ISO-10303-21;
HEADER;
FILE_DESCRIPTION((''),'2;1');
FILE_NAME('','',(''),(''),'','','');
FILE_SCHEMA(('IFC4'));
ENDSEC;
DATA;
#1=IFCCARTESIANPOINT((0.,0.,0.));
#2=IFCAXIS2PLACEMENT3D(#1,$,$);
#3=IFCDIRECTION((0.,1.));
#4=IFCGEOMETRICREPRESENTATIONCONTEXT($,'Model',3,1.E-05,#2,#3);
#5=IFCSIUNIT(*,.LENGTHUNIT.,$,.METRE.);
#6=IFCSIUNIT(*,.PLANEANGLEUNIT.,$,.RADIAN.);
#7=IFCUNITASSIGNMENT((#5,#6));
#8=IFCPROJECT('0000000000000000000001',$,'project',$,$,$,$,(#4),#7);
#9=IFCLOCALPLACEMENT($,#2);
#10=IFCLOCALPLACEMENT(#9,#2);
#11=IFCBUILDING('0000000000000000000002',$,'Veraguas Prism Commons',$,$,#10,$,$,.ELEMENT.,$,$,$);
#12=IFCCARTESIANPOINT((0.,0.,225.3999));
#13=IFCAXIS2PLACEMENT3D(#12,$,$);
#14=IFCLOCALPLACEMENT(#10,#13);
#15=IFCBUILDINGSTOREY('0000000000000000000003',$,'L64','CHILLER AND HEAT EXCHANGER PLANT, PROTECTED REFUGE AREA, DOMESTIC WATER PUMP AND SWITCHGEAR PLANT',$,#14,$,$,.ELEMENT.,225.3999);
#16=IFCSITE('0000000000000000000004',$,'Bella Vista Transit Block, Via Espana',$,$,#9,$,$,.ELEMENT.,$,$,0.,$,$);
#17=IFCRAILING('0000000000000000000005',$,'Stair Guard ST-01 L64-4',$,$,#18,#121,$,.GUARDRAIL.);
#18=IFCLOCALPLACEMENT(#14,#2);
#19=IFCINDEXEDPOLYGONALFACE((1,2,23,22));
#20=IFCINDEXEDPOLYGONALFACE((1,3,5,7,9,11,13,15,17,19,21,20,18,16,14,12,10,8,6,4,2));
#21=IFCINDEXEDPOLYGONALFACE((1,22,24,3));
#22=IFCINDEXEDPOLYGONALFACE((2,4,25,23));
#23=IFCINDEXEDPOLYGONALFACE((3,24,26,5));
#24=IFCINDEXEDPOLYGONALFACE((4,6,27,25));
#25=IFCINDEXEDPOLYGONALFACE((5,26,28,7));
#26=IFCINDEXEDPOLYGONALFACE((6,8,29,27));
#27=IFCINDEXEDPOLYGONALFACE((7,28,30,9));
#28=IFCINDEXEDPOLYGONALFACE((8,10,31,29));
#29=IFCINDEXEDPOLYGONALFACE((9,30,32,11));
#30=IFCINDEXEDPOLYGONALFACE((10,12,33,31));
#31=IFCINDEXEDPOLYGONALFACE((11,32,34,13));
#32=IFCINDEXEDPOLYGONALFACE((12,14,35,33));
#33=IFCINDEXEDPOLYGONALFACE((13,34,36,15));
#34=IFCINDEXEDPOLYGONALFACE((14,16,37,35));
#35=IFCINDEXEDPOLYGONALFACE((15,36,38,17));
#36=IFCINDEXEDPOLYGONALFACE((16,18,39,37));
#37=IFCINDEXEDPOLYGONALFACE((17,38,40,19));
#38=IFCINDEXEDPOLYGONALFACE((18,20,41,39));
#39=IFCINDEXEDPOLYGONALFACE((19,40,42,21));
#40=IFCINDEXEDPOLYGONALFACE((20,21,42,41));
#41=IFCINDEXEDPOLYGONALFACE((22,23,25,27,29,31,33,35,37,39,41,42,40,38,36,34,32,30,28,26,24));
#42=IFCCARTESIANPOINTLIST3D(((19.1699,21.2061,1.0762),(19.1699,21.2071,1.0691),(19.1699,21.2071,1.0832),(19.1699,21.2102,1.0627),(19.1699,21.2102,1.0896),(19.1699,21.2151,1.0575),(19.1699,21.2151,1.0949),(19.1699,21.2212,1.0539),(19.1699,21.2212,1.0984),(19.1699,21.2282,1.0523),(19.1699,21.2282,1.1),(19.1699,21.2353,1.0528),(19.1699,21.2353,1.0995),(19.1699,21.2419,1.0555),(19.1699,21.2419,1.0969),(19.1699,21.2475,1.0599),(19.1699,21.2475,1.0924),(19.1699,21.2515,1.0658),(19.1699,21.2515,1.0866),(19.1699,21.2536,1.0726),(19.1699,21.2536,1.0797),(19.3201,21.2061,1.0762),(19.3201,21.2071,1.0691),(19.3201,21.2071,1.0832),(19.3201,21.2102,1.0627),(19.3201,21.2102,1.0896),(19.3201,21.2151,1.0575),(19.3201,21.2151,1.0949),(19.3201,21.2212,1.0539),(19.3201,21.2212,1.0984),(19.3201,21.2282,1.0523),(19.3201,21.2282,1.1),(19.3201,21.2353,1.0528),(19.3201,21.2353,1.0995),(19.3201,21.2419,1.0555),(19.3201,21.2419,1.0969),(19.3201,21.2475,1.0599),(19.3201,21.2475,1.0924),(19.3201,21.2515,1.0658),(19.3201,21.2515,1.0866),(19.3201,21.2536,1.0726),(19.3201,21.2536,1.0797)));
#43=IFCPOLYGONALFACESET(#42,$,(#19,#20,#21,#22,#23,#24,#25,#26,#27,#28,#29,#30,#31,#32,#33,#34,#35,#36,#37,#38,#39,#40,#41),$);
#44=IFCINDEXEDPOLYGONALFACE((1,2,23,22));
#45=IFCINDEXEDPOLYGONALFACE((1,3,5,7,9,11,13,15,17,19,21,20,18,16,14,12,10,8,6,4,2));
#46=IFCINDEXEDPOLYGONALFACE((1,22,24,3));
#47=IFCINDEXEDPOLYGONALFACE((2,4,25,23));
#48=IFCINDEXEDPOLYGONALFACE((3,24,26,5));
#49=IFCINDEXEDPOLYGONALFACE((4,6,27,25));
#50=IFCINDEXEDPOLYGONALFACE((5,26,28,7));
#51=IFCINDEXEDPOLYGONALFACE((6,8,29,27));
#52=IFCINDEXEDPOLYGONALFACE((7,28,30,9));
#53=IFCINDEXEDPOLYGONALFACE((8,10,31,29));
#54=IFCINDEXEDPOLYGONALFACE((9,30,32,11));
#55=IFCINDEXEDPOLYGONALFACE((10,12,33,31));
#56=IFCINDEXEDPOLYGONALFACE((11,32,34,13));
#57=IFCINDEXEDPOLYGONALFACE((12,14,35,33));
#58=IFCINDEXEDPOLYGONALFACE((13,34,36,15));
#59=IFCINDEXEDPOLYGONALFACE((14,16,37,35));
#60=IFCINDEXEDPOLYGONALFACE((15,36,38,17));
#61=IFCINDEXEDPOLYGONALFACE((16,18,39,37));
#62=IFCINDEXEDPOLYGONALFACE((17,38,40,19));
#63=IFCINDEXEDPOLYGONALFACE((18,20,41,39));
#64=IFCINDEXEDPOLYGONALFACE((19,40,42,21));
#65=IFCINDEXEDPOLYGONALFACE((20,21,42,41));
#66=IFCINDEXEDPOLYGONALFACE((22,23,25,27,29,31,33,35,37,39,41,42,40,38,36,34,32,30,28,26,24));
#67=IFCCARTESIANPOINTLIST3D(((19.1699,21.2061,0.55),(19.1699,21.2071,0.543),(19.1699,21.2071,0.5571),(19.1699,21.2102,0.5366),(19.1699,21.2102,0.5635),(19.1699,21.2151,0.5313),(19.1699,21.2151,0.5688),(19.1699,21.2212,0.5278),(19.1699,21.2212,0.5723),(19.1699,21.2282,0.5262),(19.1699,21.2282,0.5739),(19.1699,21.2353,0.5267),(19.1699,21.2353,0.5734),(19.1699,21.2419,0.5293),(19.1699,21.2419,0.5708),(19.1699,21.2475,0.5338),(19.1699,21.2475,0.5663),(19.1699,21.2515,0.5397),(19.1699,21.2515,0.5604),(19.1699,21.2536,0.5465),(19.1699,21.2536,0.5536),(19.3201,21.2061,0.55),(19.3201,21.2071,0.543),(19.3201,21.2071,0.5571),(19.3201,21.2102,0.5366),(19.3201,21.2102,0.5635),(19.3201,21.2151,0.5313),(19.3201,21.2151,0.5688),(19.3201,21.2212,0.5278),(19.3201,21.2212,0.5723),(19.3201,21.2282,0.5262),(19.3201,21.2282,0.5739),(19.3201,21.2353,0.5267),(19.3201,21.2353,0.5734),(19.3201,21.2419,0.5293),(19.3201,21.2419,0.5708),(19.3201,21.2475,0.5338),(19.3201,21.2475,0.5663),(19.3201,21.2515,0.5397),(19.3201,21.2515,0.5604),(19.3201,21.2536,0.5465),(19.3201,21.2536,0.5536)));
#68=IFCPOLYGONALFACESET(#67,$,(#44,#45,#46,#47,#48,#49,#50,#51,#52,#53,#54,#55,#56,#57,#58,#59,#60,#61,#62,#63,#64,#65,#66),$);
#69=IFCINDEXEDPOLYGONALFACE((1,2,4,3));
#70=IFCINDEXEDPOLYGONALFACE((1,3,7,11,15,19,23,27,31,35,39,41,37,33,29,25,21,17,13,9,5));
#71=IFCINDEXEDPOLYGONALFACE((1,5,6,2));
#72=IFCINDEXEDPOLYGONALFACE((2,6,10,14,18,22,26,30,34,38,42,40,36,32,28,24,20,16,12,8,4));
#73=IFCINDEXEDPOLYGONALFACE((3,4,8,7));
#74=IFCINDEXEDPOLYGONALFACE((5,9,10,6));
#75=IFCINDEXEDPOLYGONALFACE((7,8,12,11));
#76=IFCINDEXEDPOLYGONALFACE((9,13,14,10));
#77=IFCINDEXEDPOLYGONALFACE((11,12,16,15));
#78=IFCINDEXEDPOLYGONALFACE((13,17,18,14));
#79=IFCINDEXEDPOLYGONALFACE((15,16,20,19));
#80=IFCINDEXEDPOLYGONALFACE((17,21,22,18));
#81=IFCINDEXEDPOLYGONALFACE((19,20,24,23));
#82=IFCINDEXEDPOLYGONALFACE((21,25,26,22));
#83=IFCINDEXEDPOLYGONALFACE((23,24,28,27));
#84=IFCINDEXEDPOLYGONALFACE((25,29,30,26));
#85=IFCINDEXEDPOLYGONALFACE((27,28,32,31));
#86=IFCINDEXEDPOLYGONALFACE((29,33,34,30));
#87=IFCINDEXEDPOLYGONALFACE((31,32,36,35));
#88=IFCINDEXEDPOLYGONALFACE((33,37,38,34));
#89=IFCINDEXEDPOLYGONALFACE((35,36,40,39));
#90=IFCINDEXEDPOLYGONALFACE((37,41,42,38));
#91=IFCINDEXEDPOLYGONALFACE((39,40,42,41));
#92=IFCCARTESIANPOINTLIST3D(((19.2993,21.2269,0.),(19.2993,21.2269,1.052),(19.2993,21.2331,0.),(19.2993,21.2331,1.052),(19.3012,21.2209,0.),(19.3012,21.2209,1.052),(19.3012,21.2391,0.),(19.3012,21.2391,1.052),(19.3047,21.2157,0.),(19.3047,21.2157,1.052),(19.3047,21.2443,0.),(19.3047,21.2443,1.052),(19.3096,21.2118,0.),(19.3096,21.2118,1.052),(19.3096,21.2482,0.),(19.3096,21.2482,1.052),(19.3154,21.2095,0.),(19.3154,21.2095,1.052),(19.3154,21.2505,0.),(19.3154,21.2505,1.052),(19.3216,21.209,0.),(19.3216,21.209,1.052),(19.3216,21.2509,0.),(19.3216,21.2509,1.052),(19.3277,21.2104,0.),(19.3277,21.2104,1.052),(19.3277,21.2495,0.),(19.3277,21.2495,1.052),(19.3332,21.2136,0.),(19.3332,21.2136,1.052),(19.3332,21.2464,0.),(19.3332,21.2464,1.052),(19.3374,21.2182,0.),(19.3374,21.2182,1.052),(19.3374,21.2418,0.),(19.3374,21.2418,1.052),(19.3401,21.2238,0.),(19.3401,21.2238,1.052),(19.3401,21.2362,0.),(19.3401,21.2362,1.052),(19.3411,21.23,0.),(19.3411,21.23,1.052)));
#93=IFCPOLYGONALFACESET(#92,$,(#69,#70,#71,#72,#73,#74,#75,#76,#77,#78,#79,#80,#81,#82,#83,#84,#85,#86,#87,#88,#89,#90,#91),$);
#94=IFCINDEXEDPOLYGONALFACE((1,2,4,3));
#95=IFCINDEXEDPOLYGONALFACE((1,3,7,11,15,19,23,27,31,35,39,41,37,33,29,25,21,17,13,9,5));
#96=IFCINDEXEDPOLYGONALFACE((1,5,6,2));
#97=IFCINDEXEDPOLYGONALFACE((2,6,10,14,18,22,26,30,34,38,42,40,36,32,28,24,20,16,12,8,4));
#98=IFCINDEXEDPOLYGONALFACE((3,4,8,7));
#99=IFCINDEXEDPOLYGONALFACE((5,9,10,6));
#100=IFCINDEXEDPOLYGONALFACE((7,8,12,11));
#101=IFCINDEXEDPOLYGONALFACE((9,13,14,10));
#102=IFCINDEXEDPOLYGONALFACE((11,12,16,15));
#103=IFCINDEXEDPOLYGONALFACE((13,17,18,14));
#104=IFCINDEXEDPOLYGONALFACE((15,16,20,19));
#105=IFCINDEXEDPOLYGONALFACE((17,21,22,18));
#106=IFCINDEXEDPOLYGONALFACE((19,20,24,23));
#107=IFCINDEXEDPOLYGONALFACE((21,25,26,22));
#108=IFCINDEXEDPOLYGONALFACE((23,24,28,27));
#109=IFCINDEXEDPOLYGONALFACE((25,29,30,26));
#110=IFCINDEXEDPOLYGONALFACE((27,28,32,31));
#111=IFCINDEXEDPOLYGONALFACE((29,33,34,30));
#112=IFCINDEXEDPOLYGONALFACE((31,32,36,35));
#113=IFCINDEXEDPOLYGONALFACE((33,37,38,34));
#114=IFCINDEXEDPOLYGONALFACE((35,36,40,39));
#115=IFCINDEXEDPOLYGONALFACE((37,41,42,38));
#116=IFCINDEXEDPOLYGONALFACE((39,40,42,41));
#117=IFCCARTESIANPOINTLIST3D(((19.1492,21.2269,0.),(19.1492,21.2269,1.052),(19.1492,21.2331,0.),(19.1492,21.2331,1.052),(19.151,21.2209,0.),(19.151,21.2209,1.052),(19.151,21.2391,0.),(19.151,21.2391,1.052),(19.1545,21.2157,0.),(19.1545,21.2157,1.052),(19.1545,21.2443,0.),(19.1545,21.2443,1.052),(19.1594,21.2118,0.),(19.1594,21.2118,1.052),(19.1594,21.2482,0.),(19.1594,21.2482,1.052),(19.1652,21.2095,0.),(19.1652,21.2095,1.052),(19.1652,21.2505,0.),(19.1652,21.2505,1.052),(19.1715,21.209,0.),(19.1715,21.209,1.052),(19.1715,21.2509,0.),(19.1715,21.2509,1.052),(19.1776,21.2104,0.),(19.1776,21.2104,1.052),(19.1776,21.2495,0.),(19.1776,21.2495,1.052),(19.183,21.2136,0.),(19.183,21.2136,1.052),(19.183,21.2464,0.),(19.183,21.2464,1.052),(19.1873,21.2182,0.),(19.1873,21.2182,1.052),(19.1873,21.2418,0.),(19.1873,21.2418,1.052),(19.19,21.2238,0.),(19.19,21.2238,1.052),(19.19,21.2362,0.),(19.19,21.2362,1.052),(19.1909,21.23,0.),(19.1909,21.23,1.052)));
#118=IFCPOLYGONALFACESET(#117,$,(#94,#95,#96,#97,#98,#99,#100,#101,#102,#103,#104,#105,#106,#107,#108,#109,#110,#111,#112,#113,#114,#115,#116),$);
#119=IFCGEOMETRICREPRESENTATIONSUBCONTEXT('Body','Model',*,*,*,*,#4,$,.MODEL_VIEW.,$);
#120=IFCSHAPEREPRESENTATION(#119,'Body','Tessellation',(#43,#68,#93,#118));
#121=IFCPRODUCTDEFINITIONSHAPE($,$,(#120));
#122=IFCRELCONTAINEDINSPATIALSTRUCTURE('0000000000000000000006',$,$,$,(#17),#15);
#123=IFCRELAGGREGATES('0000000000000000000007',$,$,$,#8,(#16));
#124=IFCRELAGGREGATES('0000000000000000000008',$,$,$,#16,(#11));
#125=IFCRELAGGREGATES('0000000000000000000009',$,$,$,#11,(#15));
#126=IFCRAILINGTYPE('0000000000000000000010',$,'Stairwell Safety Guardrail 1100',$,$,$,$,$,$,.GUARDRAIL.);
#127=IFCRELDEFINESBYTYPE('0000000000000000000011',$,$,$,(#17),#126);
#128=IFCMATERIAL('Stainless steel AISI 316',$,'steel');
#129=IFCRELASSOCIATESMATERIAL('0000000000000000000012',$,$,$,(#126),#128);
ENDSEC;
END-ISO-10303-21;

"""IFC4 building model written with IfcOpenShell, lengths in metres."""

from ifc_helpers import new_model, si_unit, direction, frame, origin, origin_2d, place, context, subcontext, project, spatial, circle, extrude, material, type_object, element, save


model = new_model("IFC4")

# Units and contexts
model_context = context("Model", 3, precision=1e-05, world=origin(), true_north=direction((0.0, 1.0)))
body_context = subcontext(model_context, "Body", "Model", "MODEL_VIEW")
ifc_project = project(units=[si_unit("LENGTHUNIT", "METRE"), si_unit("PLANEANGLEUNIT", "RADIAN")], contexts=[model_context])

# Site, building, storey
site_placement = place(None, origin())
site = spatial("IfcSite", under=ifc_project, at=site_placement, Name="Bella Vista Transit Block, Via Espana", CompositionType="ELEMENT", RefElevation=0.0)
building_placement = place(site_placement, origin())
building = spatial("IfcBuilding", under=site, at=building_placement, Name="Veraguas Prism Commons", CompositionType="ELEMENT")
storey_placement = place(building_placement, frame((0.0, 0.0, 225.3999)))
storey = spatial("IfcBuildingStorey", under=building, at=storey_placement, Name="L64", Description="CHILLER AND HEAT EXCHANGER PLANT, PROTECTED REFUGE AREA, DOMESTIC WATER PUMP AND SWITCHGEAR PLANT", CompositionType="ELEMENT", Elevation=225.3999)

# Shared definitions
ifc_material_1 = material(Name="Stainless steel AISI 316", Category="steel")

# Railing
railing_type_1 = type_object("IfcRailingType", Name="Stairwell Safety Guardrail 1100", PredefinedType="GUARDRAIL", material=ifc_material_1)
railing_1_placement = place(storey_placement, frame((19.3201, 21.23, 0.0)))
element("IfcRailing", 1, at=railing_1_placement, inside=storey, type_object=railing_type_1, Name="Stair Guard ST-01 L64-4", PredefinedType="GUARDRAIL", context=body_context, shape_type="SweptSolid", body=[
    extrude(circle(Radius=0.0239, at=origin_2d()), frame((0.0, 0.0, 1.0762), z_axis=(-1.0, 0.0, 0.0), x_axis=(0.0, -1.0, 0.0)), (0.0, 0.0, 1.0), 0.1501),
    extrude(circle(Radius=0.0239, at=origin_2d()), frame((0.0, 0.0, 0.55), z_axis=(-1.0, 0.0, 0.0), x_axis=(0.0, -1.0, 0.0)), (0.0, 0.0, 1.0), 0.1501),
    extrude(circle(Radius=0.021, at=origin_2d()), origin(), (0.0, 0.0, 1.0), 1.052),
    extrude(circle(Radius=0.021, at=origin_2d()), frame((-0.1501, 0.0, 0.0)), (0.0, 0.0, 1.0), 1.052),
])

save(model, "model.ifc")
